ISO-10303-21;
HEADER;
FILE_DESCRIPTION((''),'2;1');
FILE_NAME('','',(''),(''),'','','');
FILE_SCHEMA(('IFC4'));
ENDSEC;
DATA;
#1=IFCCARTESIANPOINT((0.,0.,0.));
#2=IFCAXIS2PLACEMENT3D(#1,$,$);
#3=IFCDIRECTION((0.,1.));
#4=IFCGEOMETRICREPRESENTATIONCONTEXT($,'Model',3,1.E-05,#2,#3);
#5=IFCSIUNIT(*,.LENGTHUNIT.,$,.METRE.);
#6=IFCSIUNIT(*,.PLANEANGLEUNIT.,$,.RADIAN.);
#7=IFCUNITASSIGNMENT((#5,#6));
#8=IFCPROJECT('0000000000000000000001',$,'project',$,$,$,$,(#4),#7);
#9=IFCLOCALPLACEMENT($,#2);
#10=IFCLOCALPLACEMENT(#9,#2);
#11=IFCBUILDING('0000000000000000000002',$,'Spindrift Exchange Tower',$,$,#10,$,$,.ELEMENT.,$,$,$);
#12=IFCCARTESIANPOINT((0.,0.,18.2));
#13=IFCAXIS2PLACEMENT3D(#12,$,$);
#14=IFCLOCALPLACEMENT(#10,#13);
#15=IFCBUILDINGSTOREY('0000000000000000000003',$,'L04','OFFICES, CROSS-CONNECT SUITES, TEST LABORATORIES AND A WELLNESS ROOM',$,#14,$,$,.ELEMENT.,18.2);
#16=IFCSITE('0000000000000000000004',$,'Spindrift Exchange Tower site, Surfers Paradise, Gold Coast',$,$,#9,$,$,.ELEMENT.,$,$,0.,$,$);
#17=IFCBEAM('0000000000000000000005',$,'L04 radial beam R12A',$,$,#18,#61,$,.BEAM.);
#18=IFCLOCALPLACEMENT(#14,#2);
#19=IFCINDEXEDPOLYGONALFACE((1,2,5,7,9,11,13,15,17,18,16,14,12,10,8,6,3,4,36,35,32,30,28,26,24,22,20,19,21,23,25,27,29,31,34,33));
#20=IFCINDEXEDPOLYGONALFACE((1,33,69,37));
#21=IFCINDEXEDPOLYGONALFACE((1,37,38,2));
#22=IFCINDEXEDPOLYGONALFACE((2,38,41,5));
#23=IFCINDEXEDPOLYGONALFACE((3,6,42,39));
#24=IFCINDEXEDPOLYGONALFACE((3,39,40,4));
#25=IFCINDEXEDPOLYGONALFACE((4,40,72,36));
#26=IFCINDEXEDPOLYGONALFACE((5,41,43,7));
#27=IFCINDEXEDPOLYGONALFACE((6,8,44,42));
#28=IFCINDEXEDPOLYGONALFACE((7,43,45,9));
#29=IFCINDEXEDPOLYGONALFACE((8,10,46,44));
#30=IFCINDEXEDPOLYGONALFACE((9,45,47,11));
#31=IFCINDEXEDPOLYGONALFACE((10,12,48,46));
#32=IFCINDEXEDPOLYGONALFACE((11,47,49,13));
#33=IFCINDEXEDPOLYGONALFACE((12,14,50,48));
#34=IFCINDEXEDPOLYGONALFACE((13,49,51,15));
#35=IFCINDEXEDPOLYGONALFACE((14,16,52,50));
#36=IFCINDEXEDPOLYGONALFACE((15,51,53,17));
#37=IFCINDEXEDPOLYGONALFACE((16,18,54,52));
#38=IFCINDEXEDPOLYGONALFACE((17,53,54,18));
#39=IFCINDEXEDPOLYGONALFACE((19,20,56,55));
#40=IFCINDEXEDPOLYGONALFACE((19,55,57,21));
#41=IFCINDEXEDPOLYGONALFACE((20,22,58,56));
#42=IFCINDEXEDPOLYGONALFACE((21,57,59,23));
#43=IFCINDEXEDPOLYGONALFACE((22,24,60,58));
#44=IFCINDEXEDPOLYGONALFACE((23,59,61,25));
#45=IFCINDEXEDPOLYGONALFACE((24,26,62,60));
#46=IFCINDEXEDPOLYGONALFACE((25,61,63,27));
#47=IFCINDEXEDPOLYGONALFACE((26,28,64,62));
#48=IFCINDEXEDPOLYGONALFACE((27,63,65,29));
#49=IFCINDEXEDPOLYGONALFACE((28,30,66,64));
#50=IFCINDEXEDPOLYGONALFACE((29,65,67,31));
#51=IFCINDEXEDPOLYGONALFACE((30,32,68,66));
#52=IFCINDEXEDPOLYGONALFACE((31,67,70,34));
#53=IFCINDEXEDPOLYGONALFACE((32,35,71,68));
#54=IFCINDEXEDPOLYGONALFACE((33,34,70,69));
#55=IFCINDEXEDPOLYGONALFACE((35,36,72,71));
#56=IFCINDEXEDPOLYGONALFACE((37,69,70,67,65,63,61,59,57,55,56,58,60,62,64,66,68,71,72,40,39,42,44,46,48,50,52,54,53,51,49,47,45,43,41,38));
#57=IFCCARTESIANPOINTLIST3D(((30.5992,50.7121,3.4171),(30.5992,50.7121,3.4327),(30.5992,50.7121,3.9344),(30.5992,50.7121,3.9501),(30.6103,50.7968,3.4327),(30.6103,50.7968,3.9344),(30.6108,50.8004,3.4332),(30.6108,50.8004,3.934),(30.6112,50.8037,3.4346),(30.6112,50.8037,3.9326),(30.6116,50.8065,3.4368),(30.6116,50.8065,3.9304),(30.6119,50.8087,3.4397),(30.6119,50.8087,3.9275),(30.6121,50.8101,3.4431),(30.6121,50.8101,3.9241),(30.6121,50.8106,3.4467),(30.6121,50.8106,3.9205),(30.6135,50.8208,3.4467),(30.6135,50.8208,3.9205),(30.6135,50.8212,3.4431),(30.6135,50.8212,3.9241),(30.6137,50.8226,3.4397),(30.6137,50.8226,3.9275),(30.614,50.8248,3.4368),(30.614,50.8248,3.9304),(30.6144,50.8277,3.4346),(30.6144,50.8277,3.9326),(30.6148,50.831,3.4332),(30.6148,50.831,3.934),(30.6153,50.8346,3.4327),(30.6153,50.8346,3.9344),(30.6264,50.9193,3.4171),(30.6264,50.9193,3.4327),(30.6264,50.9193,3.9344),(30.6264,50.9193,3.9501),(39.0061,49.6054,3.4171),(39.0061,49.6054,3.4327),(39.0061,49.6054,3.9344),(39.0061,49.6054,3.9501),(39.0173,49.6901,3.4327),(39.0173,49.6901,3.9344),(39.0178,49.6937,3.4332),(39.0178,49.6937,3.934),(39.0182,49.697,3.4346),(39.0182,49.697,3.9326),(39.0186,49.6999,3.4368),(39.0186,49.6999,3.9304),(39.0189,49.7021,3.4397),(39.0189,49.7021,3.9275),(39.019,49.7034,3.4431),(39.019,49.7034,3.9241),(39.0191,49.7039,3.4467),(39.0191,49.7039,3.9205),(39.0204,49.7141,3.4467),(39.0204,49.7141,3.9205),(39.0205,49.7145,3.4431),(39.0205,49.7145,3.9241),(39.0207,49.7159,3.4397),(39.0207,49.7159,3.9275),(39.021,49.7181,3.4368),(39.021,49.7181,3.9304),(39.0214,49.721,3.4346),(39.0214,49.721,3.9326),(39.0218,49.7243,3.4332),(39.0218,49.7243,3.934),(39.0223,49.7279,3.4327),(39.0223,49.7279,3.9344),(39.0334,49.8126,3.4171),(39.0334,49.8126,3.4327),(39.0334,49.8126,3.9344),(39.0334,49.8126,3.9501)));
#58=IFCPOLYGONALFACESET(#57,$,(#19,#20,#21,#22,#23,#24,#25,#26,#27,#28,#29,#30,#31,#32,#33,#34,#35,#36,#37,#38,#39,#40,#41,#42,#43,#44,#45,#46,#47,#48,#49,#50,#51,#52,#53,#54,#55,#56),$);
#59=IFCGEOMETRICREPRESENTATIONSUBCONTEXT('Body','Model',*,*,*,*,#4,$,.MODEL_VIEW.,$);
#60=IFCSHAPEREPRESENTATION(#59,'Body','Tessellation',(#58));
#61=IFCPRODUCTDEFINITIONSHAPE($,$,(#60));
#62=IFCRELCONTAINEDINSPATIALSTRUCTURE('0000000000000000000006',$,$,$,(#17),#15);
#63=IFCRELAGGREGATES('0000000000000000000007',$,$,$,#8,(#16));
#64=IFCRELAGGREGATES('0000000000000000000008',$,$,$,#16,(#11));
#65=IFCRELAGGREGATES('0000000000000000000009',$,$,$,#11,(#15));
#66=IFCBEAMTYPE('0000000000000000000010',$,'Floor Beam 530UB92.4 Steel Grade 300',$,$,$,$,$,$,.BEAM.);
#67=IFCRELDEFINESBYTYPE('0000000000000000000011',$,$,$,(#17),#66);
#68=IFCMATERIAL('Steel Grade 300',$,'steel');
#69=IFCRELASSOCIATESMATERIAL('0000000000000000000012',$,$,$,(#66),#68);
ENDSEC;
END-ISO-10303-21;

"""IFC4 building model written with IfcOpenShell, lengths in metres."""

from ifc_helpers import new_model, si_unit, direction, frame, origin, origin_2d, place, context, subcontext, project, spatial, i_section, extrude, source, transform, mapped, material, material_profile, profile_set, type_object, element, save


model = new_model("IFC4")

# Units and contexts
model_context = context("Model", 3, precision=1e-05, world=origin(), true_north=direction((0.0, 1.0)))
body_context = subcontext(model_context, "Body", "Model", "MODEL_VIEW")
ifc_project = project(units=[si_unit("LENGTHUNIT", "METRE"), si_unit("PLANEANGLEUNIT", "RADIAN")], contexts=[model_context])

# Site, building, storey
site_placement = place(None, origin())
site = spatial("IfcSite", under=ifc_project, at=site_placement, Name="Spindrift Exchange Tower site, Surfers Paradise, Gold Coast", CompositionType="ELEMENT", RefElevation=0.0)
building_placement = place(site_placement, origin())
building = spatial("IfcBuilding", under=site, at=building_placement, Name="Spindrift Exchange Tower", CompositionType="ELEMENT")
storey_placement = place(building_placement, frame((0.0, 0.0, 18.2)))
storey = spatial("IfcBuildingStorey", under=building, at=storey_placement, Name="L04", Description="OFFICES, CROSS-CONNECT SUITES, TEST LABORATORIES AND A WELLNESS ROOM", CompositionType="ELEMENT", Elevation=18.2)

# Beam
ifc_material_1 = material(Name="Steel Grade 300", Category="steel")
ifc_material_profile_1 = material_profile(ifc_material_1, i_section(OverallWidth=0.209, OverallDepth=0.533, WebThickness=0.0103, FlangeThickness=0.0156, FilletRadius=0.0139, at=origin_2d()), Name="530UB92.4")
ifc_profile_set_1 = profile_set([ifc_material_profile_1], Name="Steel Grade 300")
beam_type_1 = type_object("IfcBeamType", Name="Floor Beam 530UB92.4 Steel Grade 300", PredefinedType="BEAM", material=ifc_profile_set_1)
shared_shape_1 = source(origin(), body_context, "Body", "SweptSolid", [
    extrude(i_section(OverallWidth=0.209, OverallDepth=0.533, WebThickness=0.0103, FlangeThickness=0.0156, FilletRadius=0.0139, at=origin_2d()), origin(), (0.0, 0.0, 1.0), 8.4795),
])
beam_1_placement = place(storey_placement, frame((39.0198, 49.709, 3.6836), z_axis=(-0.991447, 0.130513, 0.0), x_axis=(-0.130513, -0.991447, 0.0)))
element("IfcBeam", 1, at=beam_1_placement, inside=storey, type_object=beam_type_1, Name="L04 radial beam R12A", PredefinedType="BEAM", context=body_context, shape_type="MappedRepresentation", body=[
    mapped(shared_shape_1, transform((0.0, 0.0, 0.0), scale=1.0)),
])

save(model, "model.ifc")
